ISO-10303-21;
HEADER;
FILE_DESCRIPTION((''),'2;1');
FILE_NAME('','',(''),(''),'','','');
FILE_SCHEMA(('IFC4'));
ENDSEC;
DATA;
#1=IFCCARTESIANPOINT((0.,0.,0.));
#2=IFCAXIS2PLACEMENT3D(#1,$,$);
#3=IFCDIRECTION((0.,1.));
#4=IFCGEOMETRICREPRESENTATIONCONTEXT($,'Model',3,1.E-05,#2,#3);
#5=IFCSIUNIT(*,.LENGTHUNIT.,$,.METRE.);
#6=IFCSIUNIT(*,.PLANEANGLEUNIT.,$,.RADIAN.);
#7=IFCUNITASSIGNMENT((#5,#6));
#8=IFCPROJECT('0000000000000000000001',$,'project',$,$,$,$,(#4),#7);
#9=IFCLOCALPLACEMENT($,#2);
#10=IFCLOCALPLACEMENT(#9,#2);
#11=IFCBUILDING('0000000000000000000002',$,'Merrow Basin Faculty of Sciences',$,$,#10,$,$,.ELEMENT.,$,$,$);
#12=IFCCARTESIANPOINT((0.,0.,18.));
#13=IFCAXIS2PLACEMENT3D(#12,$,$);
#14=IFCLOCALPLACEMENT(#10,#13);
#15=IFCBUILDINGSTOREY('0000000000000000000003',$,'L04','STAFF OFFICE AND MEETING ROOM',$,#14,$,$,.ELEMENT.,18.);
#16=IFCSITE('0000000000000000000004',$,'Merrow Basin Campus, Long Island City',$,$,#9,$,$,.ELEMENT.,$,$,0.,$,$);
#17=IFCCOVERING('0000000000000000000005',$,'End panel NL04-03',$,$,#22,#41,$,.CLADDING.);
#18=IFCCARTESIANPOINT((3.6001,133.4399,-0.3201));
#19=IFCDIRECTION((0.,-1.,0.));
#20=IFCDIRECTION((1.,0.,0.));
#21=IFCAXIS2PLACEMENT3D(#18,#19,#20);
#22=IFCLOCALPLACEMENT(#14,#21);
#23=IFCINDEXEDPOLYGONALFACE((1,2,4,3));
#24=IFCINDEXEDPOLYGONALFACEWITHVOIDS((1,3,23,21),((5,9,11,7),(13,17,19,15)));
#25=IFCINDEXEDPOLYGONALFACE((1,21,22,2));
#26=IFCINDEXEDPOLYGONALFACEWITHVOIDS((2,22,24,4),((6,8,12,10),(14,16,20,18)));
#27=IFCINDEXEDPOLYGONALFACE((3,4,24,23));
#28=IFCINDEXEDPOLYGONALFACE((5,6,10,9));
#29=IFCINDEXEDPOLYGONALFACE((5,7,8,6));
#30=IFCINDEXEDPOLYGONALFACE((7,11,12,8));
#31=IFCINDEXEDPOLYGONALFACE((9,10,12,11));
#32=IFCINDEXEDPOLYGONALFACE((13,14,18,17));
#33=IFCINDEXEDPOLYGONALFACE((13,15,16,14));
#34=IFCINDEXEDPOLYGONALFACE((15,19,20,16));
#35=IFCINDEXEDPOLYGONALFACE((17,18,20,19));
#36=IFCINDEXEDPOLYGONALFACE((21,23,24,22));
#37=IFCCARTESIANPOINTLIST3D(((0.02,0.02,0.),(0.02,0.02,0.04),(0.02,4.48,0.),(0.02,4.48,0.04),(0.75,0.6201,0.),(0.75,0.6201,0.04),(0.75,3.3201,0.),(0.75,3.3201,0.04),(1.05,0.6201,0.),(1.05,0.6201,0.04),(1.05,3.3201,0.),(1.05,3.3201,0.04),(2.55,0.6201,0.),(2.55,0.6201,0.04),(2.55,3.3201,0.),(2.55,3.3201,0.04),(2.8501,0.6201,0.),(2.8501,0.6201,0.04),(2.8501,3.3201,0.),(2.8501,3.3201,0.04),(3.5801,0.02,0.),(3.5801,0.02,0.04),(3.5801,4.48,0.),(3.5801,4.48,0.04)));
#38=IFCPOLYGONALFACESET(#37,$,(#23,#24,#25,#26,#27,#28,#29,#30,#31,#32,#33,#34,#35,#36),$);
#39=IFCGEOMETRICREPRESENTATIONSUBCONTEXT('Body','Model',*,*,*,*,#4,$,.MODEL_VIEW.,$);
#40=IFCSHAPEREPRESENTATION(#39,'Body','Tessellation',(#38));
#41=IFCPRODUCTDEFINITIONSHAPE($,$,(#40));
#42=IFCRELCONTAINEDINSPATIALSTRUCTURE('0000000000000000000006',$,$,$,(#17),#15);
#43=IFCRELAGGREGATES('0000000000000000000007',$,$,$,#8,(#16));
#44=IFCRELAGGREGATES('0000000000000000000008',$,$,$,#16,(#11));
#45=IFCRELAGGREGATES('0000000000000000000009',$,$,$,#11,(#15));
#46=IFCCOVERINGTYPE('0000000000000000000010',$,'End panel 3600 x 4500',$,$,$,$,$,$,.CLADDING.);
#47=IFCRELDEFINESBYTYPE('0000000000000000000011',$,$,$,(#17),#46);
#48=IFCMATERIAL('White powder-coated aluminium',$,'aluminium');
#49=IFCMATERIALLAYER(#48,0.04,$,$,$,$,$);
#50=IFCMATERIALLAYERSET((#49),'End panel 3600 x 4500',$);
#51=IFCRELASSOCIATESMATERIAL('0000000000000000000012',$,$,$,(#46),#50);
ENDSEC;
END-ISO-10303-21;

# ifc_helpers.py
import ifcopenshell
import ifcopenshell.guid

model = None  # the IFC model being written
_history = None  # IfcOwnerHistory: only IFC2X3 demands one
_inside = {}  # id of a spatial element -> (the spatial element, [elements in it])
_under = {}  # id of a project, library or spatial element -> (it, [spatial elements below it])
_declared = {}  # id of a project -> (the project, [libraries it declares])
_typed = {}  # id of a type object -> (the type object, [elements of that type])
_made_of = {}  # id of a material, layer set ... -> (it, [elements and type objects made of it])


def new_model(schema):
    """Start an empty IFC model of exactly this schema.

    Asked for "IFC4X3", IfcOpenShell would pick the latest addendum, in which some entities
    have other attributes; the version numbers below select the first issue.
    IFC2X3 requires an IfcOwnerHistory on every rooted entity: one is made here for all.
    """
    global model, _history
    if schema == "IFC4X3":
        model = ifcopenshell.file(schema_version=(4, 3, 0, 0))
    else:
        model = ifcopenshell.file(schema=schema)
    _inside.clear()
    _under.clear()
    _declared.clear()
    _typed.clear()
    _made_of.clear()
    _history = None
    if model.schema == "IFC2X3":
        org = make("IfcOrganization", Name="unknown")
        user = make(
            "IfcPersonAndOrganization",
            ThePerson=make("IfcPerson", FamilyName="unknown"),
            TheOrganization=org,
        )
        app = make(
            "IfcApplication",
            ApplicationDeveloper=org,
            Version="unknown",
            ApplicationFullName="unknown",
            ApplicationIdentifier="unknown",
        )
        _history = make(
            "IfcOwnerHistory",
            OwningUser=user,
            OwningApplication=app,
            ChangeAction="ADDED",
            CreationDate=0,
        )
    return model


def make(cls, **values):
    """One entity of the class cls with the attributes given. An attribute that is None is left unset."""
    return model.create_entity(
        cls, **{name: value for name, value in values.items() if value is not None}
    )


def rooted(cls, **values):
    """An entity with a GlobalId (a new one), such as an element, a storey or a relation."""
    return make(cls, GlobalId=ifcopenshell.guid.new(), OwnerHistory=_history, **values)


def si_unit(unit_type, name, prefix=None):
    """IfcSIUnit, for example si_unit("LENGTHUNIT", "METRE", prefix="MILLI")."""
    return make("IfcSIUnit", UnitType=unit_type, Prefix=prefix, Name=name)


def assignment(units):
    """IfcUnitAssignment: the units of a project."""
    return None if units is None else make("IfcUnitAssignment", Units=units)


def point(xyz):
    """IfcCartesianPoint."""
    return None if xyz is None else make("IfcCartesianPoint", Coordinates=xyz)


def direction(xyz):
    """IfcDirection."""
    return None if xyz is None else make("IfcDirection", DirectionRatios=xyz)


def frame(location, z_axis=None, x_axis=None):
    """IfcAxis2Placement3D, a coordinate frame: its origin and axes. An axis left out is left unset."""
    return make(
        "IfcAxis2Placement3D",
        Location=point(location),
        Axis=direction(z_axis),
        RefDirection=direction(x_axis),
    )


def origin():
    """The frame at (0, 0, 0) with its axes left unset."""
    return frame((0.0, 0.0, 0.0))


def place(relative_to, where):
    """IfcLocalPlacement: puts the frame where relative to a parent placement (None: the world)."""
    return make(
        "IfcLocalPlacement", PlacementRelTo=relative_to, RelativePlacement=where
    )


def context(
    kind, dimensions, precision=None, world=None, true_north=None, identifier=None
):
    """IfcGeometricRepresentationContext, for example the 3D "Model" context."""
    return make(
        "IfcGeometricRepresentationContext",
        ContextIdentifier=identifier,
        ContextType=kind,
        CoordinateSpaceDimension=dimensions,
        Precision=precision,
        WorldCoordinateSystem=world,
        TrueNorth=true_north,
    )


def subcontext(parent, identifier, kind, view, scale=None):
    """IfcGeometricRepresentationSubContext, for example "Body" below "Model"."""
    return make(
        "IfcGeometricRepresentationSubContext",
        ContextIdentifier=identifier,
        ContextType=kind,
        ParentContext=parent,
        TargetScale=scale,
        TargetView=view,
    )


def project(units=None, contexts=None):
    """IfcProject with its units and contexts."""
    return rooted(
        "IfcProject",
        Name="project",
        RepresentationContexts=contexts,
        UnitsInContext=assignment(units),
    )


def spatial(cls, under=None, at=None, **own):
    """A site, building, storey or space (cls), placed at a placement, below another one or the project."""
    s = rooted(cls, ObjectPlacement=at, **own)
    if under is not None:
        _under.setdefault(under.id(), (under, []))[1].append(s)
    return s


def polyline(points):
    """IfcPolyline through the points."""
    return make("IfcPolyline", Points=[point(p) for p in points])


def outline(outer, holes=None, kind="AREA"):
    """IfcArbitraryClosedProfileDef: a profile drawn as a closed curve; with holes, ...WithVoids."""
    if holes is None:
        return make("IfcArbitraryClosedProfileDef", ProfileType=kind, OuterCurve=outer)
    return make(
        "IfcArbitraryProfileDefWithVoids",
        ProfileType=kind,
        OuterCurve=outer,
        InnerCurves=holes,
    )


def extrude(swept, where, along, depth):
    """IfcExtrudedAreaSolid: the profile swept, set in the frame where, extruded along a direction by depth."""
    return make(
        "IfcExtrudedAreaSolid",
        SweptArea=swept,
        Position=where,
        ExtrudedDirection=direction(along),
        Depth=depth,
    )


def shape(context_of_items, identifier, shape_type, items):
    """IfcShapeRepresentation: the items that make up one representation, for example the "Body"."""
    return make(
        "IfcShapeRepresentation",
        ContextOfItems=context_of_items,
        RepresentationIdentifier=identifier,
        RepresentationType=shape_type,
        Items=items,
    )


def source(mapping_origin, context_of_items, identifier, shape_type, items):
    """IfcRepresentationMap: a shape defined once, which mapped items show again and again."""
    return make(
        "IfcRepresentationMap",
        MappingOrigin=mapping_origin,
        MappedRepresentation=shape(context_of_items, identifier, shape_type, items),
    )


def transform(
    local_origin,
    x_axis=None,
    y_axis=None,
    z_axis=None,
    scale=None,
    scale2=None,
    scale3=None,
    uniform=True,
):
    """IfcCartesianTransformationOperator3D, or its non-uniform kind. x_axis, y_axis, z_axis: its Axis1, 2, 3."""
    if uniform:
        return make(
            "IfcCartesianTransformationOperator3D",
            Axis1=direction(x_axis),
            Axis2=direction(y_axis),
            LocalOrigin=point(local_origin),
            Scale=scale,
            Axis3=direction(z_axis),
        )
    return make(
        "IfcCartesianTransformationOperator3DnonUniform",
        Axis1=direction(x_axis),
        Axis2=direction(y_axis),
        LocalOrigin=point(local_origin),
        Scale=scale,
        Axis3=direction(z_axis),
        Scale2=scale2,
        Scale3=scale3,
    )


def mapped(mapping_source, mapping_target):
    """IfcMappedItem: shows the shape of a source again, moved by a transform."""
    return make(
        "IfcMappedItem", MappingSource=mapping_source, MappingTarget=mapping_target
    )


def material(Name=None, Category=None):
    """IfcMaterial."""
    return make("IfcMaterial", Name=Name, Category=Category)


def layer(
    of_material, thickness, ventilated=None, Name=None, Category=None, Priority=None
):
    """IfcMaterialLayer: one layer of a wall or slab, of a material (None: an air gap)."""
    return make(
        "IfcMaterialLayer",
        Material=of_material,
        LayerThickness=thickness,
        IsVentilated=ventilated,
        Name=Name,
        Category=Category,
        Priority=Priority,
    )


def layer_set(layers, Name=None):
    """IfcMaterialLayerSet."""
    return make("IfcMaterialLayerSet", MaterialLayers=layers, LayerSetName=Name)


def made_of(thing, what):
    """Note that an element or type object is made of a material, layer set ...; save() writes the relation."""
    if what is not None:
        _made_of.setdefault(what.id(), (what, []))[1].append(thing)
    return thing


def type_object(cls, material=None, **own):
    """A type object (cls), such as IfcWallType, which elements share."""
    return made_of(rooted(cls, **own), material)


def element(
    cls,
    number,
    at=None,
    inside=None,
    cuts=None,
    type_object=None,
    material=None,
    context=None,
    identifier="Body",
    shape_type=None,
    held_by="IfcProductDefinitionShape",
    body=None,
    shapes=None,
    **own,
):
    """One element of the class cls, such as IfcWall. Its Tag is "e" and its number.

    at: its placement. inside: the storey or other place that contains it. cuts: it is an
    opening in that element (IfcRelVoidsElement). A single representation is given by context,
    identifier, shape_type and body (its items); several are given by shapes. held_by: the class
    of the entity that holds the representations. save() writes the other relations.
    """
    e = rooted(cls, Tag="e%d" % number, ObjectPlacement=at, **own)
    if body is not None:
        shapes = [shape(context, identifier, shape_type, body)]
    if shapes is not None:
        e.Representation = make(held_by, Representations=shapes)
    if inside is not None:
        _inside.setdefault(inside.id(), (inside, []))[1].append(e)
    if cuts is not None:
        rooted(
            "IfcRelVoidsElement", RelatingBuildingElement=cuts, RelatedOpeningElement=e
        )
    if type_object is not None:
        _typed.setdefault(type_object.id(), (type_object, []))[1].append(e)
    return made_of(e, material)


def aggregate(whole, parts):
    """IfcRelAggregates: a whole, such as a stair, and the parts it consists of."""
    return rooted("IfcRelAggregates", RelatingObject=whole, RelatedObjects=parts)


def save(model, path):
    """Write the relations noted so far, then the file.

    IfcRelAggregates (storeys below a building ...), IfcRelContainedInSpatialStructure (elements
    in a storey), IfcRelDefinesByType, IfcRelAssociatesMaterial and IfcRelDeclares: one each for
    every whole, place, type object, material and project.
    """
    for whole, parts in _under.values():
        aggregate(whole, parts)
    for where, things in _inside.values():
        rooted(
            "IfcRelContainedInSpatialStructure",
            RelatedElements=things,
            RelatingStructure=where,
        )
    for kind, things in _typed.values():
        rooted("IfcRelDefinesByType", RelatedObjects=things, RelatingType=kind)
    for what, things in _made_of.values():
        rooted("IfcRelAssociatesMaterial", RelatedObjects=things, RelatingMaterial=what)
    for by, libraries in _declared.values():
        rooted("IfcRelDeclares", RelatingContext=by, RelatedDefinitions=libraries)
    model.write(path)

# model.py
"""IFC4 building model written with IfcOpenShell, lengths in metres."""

from ifc_helpers import new_model, si_unit, direction, frame, origin, place, context, subcontext, project, spatial, polyline, outline, extrude, source, transform, mapped, material, layer, layer_set, type_object, element, save


model = new_model("IFC4")

# Units and contexts
model_context = context("Model", 3, precision=1e-05, world=origin(), true_north=direction((0.0, 1.0)))
body_context = subcontext(model_context, "Body", "Model", "MODEL_VIEW")
ifc_project = project(units=[si_unit("LENGTHUNIT", "METRE"), si_unit("PLANEANGLEUNIT", "RADIAN")], contexts=[model_context])

# Site, building, storey
site_placement = place(None, origin())
site = spatial("IfcSite", under=ifc_project, at=site_placement, Name="Merrow Basin Campus, Long Island City", CompositionType="ELEMENT", RefElevation=0.0)
building_placement = place(site_placement, origin())
building = spatial("IfcBuilding", under=site, at=building_placement, Name="Merrow Basin Faculty of Sciences", CompositionType="ELEMENT")
storey_placement = place(building_placement, frame((0.0, 0.0, 18.0)))
storey = spatial("IfcBuildingStorey", under=building, at=storey_placement, Name="L04", Description="STAFF OFFICE AND MEETING ROOM", CompositionType="ELEMENT", Elevation=18.0)

# Covering
ifc_material_1 = material(Name="White powder-coated aluminium", Category="aluminium")
ifc_layer_1 = layer(ifc_material_1, 0.04)
ifc_layer_set_1 = layer_set([ifc_layer_1], Name="End panel 3600 x 4500")
covering_type = type_object("IfcCoveringType", Name="End panel 3600 x 4500", PredefinedType="CLADDING", material=ifc_layer_set_1)
shared_shape_1 = source(origin(), body_context, "Body", "SweptSolid", [
    extrude(outline(polyline([(0.02, 0.02), (3.5801, 0.02), (3.5801, 4.48), (0.02, 4.48), (0.02, 0.02)]), holes=[polyline([(0.75, 0.6201), (1.05, 0.6201), (1.05, 3.3201), (0.75, 3.3201), (0.75, 0.6201)]), polyline([(2.55, 0.6201), (2.8501, 0.6201), (2.8501, 3.3201), (2.55, 3.3201), (2.55, 0.6201)])]), origin(), (0.0, 0.0, 1.0), 0.04),
])
covering_placement = place(storey_placement, frame((3.6001, 133.4399, -0.3201), z_axis=(0.0, -1.0, 0.0), x_axis=(1.0, 0.0, 0.0)))
element("IfcCovering", 1, at=covering_placement, inside=storey, type_object=covering_type, Name="End panel NL04-03", PredefinedType="CLADDING", context=body_context, shape_type="MappedRepresentation", body=[
    mapped(shared_shape_1, transform((0.0, 0.0, 0.0), scale=1.0)),
])

save(model, "model.ifc")
